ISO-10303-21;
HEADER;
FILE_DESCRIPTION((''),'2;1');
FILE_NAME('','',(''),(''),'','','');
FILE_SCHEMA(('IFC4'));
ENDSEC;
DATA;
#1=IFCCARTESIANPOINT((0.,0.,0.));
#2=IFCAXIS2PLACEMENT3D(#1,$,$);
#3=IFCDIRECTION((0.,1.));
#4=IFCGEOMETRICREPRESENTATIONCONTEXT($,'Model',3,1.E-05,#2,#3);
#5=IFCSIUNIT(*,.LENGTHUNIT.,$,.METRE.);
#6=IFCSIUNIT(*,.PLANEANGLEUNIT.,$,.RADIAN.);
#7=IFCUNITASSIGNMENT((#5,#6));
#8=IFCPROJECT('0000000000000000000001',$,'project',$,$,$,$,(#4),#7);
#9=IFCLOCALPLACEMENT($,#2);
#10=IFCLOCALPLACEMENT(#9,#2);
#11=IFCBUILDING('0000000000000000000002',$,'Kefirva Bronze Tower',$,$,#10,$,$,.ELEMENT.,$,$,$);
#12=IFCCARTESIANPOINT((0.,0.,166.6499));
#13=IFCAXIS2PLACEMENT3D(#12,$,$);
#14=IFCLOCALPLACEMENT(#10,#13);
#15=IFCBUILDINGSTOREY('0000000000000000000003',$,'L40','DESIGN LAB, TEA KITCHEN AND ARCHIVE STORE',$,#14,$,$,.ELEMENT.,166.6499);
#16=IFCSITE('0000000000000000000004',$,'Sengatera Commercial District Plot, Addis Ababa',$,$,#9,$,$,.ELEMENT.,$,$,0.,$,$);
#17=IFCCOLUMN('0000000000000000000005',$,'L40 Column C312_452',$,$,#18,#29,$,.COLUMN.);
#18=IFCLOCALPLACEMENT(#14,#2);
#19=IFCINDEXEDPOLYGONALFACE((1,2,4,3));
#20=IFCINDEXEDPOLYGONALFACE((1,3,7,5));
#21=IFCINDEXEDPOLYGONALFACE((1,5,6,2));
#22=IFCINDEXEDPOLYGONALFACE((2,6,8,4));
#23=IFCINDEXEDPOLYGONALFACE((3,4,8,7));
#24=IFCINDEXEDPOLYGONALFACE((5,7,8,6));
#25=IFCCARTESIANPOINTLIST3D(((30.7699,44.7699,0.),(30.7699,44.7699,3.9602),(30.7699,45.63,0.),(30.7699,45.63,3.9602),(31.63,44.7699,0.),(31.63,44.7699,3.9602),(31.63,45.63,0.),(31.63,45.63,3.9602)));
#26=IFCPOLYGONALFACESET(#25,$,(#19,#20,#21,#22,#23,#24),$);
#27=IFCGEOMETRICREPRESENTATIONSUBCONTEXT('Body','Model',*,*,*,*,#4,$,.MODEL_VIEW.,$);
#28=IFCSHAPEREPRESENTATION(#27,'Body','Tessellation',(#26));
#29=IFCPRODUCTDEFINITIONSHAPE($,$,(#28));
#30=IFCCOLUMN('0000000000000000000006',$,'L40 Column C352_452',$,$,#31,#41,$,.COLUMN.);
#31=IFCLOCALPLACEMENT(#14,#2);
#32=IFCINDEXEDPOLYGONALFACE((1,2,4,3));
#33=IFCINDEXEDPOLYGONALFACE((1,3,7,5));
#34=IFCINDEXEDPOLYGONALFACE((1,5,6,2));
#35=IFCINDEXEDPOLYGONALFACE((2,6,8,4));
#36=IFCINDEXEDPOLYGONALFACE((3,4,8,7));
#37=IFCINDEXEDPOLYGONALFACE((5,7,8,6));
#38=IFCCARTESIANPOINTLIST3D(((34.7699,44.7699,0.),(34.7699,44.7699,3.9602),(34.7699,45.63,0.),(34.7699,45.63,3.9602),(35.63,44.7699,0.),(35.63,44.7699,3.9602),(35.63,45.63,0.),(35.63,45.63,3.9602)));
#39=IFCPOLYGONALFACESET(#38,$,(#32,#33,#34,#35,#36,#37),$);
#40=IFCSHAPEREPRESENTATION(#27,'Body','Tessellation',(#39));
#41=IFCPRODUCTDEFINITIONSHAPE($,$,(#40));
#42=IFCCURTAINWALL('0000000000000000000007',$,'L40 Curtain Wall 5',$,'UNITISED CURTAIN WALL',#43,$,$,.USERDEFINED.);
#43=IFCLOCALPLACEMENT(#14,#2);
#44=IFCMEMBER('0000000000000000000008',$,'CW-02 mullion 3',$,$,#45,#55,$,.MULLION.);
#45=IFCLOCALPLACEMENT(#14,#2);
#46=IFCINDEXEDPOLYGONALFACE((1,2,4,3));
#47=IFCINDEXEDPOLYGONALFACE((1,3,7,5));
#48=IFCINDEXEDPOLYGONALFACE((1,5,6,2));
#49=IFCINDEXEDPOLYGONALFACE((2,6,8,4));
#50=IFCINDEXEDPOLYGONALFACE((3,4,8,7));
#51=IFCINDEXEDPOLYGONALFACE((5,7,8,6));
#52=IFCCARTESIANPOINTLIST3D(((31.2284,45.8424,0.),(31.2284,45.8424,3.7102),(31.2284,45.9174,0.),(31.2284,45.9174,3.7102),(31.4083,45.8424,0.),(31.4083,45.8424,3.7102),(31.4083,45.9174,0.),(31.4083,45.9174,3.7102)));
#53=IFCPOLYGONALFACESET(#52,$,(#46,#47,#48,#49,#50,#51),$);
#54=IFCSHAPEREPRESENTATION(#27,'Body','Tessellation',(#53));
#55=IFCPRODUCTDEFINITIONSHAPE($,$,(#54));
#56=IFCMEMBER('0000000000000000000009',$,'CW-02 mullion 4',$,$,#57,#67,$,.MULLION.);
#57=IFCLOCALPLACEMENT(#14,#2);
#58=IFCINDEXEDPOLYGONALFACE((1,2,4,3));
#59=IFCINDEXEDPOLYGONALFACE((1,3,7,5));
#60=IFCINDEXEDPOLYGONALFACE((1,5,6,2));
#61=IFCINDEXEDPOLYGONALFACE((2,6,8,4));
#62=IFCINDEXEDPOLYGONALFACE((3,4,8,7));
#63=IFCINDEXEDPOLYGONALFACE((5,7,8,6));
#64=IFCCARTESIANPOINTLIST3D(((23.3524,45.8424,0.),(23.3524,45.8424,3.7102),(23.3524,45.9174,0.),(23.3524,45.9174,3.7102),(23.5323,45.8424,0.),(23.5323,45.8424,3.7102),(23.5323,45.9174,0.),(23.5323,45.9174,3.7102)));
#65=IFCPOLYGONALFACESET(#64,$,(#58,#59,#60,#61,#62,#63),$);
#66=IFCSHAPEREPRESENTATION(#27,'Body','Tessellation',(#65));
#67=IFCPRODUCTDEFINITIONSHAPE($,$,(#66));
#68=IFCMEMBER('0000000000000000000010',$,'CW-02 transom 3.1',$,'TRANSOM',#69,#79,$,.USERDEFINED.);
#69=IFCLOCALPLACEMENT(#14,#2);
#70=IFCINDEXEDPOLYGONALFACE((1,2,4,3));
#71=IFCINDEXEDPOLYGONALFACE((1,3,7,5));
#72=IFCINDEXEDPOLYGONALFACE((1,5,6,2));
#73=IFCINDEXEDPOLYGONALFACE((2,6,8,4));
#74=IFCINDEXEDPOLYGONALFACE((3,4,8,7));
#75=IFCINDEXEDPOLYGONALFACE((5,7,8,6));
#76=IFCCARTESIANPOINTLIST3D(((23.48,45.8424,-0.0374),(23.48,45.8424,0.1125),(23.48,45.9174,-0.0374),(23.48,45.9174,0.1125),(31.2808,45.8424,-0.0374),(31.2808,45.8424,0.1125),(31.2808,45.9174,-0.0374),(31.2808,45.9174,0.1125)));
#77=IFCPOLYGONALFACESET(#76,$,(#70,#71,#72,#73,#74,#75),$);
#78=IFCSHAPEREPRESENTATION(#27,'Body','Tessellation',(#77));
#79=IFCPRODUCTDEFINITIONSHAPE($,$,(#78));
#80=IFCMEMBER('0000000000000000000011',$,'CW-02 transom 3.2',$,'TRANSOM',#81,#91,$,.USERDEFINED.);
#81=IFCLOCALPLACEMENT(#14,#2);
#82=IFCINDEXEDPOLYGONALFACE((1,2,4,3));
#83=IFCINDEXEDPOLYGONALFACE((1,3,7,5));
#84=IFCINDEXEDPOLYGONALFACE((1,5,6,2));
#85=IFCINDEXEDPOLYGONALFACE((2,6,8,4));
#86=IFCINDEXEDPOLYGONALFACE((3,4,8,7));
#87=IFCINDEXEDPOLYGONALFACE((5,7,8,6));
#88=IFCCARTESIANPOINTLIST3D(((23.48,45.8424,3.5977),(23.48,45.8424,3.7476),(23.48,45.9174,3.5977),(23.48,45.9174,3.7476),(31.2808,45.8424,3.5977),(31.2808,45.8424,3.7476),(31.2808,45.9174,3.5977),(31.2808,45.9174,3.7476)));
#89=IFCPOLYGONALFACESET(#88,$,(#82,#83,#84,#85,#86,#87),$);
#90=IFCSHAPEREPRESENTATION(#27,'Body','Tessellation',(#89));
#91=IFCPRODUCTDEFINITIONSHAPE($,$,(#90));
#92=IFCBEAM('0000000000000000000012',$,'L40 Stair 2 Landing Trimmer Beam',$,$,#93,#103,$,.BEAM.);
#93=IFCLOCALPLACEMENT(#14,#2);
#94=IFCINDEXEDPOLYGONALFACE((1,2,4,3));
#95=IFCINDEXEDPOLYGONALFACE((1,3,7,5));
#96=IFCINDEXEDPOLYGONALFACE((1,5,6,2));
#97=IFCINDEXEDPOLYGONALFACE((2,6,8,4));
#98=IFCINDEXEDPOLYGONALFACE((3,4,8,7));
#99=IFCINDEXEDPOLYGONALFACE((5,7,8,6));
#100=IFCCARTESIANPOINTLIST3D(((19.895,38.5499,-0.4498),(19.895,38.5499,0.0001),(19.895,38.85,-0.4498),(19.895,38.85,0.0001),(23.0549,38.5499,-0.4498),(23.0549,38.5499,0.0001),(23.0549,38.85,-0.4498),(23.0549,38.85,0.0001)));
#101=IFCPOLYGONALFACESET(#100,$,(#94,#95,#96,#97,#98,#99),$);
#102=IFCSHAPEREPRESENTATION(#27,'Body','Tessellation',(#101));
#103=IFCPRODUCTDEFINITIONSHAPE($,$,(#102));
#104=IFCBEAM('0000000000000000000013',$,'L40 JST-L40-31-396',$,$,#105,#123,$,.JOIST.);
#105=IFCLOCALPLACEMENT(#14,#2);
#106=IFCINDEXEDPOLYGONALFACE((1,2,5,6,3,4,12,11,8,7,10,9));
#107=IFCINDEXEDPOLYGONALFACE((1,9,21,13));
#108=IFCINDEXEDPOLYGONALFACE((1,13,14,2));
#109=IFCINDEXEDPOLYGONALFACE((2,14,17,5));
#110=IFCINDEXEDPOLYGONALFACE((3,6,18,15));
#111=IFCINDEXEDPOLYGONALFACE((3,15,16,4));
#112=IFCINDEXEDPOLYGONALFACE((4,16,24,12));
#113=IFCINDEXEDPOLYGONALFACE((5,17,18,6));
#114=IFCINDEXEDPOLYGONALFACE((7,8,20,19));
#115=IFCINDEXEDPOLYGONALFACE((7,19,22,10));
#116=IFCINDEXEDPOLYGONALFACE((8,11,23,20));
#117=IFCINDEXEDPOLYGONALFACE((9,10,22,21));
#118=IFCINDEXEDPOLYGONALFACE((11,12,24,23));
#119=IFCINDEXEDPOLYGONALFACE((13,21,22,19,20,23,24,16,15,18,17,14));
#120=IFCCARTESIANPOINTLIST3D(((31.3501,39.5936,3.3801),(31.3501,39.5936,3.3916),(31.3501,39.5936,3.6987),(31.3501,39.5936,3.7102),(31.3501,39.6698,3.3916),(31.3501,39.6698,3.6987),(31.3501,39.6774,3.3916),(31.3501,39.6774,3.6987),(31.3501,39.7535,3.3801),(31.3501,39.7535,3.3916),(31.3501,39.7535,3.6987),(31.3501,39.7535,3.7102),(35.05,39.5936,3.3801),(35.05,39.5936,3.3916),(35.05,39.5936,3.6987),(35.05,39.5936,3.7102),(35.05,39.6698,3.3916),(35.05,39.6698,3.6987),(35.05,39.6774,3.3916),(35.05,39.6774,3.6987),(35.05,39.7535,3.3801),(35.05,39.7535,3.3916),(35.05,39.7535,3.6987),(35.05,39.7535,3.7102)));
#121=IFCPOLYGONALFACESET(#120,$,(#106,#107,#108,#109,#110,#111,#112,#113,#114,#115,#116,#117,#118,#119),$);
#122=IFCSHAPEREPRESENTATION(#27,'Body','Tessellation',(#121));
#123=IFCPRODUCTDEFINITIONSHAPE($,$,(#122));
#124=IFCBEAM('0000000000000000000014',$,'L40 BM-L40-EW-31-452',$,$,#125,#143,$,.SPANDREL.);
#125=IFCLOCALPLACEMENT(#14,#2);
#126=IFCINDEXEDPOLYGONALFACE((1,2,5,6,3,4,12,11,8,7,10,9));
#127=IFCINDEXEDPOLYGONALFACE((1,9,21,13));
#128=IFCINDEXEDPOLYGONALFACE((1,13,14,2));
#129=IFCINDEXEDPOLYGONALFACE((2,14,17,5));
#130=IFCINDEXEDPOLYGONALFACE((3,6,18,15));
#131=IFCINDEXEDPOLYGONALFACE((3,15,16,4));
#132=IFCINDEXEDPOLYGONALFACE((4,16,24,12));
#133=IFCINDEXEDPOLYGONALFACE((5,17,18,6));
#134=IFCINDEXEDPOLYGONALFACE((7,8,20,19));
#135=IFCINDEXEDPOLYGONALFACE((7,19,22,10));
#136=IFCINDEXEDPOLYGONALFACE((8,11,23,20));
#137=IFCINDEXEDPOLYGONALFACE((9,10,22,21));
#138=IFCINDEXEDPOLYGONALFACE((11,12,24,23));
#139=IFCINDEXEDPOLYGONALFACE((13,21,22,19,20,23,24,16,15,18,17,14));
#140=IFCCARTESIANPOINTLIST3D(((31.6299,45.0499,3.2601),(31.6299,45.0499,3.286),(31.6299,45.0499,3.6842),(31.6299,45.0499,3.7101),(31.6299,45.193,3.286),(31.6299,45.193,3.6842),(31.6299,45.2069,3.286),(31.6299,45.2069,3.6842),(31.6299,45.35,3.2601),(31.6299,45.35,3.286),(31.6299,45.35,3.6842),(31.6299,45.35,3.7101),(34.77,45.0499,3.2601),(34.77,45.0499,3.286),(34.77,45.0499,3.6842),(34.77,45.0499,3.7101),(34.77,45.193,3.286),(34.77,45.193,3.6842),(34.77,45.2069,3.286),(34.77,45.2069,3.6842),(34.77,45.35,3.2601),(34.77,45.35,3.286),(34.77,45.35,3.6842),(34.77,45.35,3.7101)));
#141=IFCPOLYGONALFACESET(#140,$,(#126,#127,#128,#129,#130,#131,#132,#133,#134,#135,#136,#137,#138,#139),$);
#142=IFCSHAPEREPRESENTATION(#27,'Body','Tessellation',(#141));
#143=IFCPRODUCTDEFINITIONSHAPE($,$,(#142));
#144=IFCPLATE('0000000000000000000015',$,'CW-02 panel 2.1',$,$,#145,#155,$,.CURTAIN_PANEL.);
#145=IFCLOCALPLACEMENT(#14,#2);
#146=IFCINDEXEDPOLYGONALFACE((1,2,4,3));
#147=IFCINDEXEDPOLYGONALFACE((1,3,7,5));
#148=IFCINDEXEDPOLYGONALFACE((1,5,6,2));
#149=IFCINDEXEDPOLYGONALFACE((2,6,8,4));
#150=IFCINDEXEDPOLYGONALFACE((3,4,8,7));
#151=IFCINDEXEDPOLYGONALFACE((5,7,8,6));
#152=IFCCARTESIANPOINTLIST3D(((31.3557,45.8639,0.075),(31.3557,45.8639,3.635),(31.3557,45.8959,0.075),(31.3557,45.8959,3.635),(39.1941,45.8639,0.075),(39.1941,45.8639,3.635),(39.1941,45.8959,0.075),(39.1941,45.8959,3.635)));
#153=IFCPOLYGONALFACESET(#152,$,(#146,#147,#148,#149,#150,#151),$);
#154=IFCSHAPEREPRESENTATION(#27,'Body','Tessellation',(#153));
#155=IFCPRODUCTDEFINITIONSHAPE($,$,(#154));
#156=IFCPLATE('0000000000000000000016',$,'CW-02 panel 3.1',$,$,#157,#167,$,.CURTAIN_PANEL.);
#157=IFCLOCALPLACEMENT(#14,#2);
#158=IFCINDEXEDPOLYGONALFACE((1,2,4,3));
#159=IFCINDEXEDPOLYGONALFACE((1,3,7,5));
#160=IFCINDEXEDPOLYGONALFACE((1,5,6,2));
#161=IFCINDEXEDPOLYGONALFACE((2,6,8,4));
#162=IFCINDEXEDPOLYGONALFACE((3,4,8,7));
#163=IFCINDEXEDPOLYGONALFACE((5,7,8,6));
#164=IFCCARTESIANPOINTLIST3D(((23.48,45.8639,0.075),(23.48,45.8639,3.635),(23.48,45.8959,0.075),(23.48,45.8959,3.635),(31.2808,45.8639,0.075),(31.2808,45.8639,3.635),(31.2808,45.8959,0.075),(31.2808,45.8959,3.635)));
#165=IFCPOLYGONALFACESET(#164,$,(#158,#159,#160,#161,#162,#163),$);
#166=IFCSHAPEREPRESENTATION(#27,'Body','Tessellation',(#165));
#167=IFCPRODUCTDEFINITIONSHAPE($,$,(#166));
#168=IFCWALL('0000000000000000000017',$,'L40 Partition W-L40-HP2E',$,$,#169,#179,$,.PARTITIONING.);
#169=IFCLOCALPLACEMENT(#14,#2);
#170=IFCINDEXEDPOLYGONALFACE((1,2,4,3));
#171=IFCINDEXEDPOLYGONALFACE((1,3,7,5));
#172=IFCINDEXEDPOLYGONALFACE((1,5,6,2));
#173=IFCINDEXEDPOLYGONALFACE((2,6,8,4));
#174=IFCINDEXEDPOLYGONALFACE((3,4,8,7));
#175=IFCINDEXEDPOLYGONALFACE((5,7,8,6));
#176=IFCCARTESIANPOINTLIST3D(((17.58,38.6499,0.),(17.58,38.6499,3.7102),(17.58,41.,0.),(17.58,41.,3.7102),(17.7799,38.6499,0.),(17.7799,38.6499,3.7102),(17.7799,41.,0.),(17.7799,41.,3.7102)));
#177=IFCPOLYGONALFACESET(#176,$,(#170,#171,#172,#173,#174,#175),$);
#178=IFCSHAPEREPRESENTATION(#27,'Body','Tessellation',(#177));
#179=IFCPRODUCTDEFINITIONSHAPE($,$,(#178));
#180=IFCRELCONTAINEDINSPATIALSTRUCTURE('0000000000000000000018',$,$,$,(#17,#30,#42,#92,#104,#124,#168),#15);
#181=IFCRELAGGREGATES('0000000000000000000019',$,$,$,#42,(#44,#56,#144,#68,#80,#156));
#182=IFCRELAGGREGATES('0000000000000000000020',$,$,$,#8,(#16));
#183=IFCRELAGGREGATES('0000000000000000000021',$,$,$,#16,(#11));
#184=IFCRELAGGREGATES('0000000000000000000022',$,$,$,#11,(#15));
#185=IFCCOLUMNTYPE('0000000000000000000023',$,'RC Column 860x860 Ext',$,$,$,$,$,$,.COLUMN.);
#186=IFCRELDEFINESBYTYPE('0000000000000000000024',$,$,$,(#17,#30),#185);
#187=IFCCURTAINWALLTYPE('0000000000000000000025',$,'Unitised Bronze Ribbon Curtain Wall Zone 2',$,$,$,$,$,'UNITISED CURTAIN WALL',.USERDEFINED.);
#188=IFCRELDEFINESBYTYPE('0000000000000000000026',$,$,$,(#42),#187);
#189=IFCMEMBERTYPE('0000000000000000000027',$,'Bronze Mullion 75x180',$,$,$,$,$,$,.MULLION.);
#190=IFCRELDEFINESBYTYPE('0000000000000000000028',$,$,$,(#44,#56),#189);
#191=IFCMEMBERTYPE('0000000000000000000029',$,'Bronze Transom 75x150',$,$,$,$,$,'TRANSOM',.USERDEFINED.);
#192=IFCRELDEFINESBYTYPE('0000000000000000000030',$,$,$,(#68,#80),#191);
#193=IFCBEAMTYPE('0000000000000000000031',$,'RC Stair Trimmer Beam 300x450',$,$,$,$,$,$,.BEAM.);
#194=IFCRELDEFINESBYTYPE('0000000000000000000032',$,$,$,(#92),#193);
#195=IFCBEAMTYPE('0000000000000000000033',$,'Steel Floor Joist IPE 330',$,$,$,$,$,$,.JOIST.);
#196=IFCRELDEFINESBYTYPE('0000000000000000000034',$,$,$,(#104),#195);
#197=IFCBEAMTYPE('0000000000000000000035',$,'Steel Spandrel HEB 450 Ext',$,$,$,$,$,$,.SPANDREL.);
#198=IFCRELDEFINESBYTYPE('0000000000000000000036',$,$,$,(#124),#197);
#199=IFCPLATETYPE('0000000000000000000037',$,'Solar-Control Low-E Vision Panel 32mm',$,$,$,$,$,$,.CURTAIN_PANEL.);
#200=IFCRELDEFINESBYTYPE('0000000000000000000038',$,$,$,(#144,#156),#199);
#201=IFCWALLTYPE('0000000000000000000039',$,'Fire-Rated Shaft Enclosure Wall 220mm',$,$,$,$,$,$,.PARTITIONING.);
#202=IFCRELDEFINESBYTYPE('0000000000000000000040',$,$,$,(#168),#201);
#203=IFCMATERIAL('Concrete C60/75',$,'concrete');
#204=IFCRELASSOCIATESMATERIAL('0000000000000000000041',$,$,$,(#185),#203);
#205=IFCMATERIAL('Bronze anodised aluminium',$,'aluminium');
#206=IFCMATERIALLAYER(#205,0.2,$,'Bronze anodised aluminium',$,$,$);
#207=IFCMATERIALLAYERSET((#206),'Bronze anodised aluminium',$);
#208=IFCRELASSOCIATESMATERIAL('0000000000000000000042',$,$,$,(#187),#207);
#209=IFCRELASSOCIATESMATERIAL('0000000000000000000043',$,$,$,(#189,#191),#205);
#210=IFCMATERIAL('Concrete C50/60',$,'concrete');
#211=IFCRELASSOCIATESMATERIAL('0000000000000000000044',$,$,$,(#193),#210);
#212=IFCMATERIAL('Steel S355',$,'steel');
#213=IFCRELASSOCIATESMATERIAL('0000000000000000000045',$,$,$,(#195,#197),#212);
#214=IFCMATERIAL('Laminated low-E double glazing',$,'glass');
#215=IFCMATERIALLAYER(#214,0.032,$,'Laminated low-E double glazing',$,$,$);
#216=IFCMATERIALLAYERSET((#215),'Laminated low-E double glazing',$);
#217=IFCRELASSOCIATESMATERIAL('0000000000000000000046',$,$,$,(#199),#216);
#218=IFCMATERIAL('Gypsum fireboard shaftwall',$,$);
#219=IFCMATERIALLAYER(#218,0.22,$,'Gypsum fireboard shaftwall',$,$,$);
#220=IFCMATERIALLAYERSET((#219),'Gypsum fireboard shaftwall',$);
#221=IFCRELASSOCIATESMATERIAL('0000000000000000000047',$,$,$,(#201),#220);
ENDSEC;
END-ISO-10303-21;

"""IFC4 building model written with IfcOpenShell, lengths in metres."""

from ifc_helpers import new_model, si_unit, direction, frame, frame_2d, origin, origin_2d, place, context, subcontext, project, spatial, rectangle, i_section, extrude, material, layer, layer_set, material_profile, profile_set, type_object, element, aggregate, save


model = new_model("IFC4")

# Units and contexts
model_context = context("Model", 3, precision=1e-05, world=origin(), true_north=direction((0.0, 1.0)))
body_context = subcontext(model_context, "Body", "Model", "MODEL_VIEW")
ifc_project = project(units=[si_unit("LENGTHUNIT", "METRE"), si_unit("PLANEANGLEUNIT", "RADIAN")], contexts=[model_context])

# Site, building, storey
site_placement = place(None, origin())
site = spatial("IfcSite", under=ifc_project, at=site_placement, Name="Sengatera Commercial District Plot, Addis Ababa", CompositionType="ELEMENT", RefElevation=0.0)
building_placement = place(site_placement, origin())
building = spatial("IfcBuilding", under=site, at=building_placement, Name="Kefirva Bronze Tower", CompositionType="ELEMENT")
storey_placement = place(building_placement, frame((0.0, 0.0, 166.6499)))
storey = spatial("IfcBuildingStorey", under=building, at=storey_placement, Name="L40", Description="DESIGN LAB, TEA KITCHEN AND ARCHIVE STORE", CompositionType="ELEMENT", Elevation=166.6499)

# Columns
ifc_material_1 = material(Name="Concrete C60/75", Category="concrete")
ifc_material_profile_1 = material_profile(ifc_material_1, rectangle(XDim=0.8601, YDim=0.8601, at=origin_2d()), Name="RC 860x860")
ifc_profile_set_1 = profile_set([ifc_material_profile_1], Name="Concrete C60/75")
column_type = type_object("IfcColumnType", Name="RC Column 860x860 Ext", PredefinedType="COLUMN", material=ifc_profile_set_1)
for number, where, z_axis, x_axis, name in (
    (1, (31.2, 45.2, 0.0), (0.0, 0.0, 1.0), (1.0, 0.0, 0.0), "L40 Column C312_452"),
    (2, (35.2, 45.2, 0.0), (0.0, 0.0, 1.0), (1.0, 0.0, 0.0), "L40 Column C352_452"),
):
    element("IfcColumn", number, at=place(storey_placement, frame(where, z_axis=z_axis, x_axis=x_axis)), inside=storey, type_object=column_type, Name=name, PredefinedType="COLUMN", context=body_context, shape_type="SweptSolid", body=[
        extrude(rectangle(XDim=0.8601, YDim=0.8601, at=origin_2d()), origin(), (0.0, 0.0, 1.0), 3.9602),
    ])

# Curtain wall, members
ifc_material_2 = material(Name="Bronze anodised aluminium", Category="aluminium")
ifc_layer_1 = layer(ifc_material_2, 0.2, Name="Bronze anodised aluminium")
ifc_layer_set_1 = layer_set([ifc_layer_1], Name="Bronze anodised aluminium")
curtain_wall_type = type_object("IfcCurtainWallType", Name="Unitised Bronze Ribbon Curtain Wall Zone 2", ElementType="UNITISED CURTAIN WALL", PredefinedType="USERDEFINED", material=ifc_layer_set_1)
curtain_wall_placement = place(storey_placement, origin())
curtain_wall = element("IfcCurtainWall", 3, at=curtain_wall_placement, inside=storey, type_object=curtain_wall_type, Name="L40 Curtain Wall 5", ObjectType="UNITISED CURTAIN WALL", PredefinedType="USERDEFINED")
ifc_material_profile_2 = material_profile(ifc_material_2, rectangle(XDim=0.075, YDim=0.1799, at=origin_2d()), Name="ALU 75x180")
ifc_profile_set_2 = profile_set([ifc_material_profile_2], Name="Bronze anodised aluminium")
member_type_1 = type_object("IfcMemberType", Name="Bronze Mullion 75x180", PredefinedType="MULLION", material=ifc_profile_set_2)
member_1_placement = place(storey_placement, frame((31.3184, 45.8799, 0.0), z_axis=(0.0, 0.0, 1.0), x_axis=(0.0, -1.0, 0.0)))
member_1 = element("IfcMember", 4, at=member_1_placement, type_object=member_type_1, Name="CW-02 mullion 3", PredefinedType="MULLION", context=body_context, shape_type="SweptSolid", body=[
    extrude(rectangle(XDim=0.075, YDim=0.1799, at=origin_2d()), origin(), (0.0, 0.0, 1.0), 3.7102),
])
member_2_placement = place(storey_placement, frame((23.4424, 45.8799, 0.0), z_axis=(0.0, 0.0, 1.0), x_axis=(0.0, -1.0, 0.0)))
member_2 = element("IfcMember", 5, at=member_2_placement, type_object=member_type_1, Name="CW-02 mullion 4", PredefinedType="MULLION", context=body_context, shape_type="SweptSolid", body=[
    extrude(rectangle(XDim=0.075, YDim=0.1799, at=origin_2d()), origin(), (0.0, 0.0, 1.0), 3.7102),
])
ifc_material_profile_3 = material_profile(ifc_material_2, rectangle(XDim=0.075, YDim=0.1499, at=origin_2d()), Name="ALU 75x150")
ifc_profile_set_3 = profile_set([ifc_material_profile_3], Name="Bronze anodised aluminium")
member_type_2 = type_object("IfcMemberType", Name="Bronze Transom 75x150", ElementType="TRANSOM", PredefinedType="USERDEFINED", material=ifc_profile_set_3)
member_3_placement = place(storey_placement, frame((31.2808, 45.8799, 0.0376), z_axis=(-1.0, 0.0, 0.0), x_axis=(0.0, -1.0, 0.0)))
member_3 = element("IfcMember", 6, at=member_3_placement, type_object=member_type_2, Name="CW-02 transom 3.1", ObjectType="TRANSOM", PredefinedType="USERDEFINED", context=body_context, shape_type="SweptSolid", body=[
    extrude(rectangle(XDim=0.075, YDim=0.1499, at=origin_2d()), origin(), (0.0, 0.0, 1.0), 7.8008),
])
member_4_placement = place(storey_placement, frame((31.2808, 45.8799, 3.6726), z_axis=(-1.0, 0.0, 0.0), x_axis=(0.0, -1.0, 0.0)))
member_4 = element("IfcMember", 7, at=member_4_placement, type_object=member_type_2, Name="CW-02 transom 3.2", ObjectType="TRANSOM", PredefinedType="USERDEFINED", context=body_context, shape_type="SweptSolid", body=[
    extrude(rectangle(XDim=0.075, YDim=0.1499, at=origin_2d()), origin(), (0.0, 0.0, 1.0), 7.8008),
])

# Beams
ifc_material_3 = material(Name="Concrete C50/60", Category="concrete")
ifc_material_profile_4 = material_profile(ifc_material_3, rectangle(XDim=0.3, YDim=0.45, at=origin_2d()), Name="RC 300x450")
ifc_profile_set_4 = profile_set([ifc_material_profile_4], Name="Concrete C50/60")
beam_type_1 = type_object("IfcBeamType", Name="RC Stair Trimmer Beam 300x450", PredefinedType="BEAM", material=ifc_profile_set_4)
beam_1_placement = place(storey_placement, frame((19.895, 38.7, -0.2249), z_axis=(1.0, 0.0, 0.0), x_axis=(0.0, 1.0, 0.0)))
element("IfcBeam", 8, at=beam_1_placement, inside=storey, type_object=beam_type_1, Name="L40 Stair 2 Landing Trimmer Beam", PredefinedType="BEAM", context=body_context, shape_type="SweptSolid", body=[
    extrude(rectangle(XDim=0.3, YDim=0.45, at=origin_2d()), origin(), (0.0, 0.0, 1.0), 3.1599),
])
ifc_material_4 = material(Name="Steel S355", Category="steel")
ifc_material_profile_5 = material_profile(ifc_material_4, i_section(OverallWidth=0.1599, OverallDepth=0.3301, WebThickness=0.0076, FlangeThickness=0.0115, at=origin_2d()), Name="IPE 330")
ifc_profile_set_5 = profile_set([ifc_material_profile_5], Name="Steel S355")
beam_type_2 = type_object("IfcBeamType", Name="Steel Floor Joist IPE 330", PredefinedType="JOIST", material=ifc_profile_set_5)
beam_2_placement = place(storey_placement, frame((31.3501, 39.6736, 3.5452), z_axis=(1.0, 0.0, 0.0), x_axis=(0.0, 1.0, 0.0)))
element("IfcBeam", 9, at=beam_2_placement, inside=storey, type_object=beam_type_2, Name="L40 JST-L40-31-396", PredefinedType="JOIST", context=body_context, shape_type="SweptSolid", body=[
    extrude(i_section(OverallWidth=0.1599, OverallDepth=0.3301, WebThickness=0.0076, FlangeThickness=0.0115, at=origin_2d()), origin(), (0.0, 0.0, 1.0), 3.7),
])
ifc_material_profile_6 = material_profile(ifc_material_4, i_section(OverallWidth=0.3, OverallDepth=0.45, WebThickness=0.0139, FlangeThickness=0.0259, at=origin_2d()), Name="HEB 450")
ifc_profile_set_6 = profile_set([ifc_material_profile_6], Name="Steel S355")
beam_type_3 = type_object("IfcBeamType", Name="Steel Spandrel HEB 450 Ext", PredefinedType="SPANDREL", material=ifc_profile_set_6)
beam_3_placement = place(storey_placement, frame((31.6299, 45.2, 3.4851), z_axis=(1.0, 0.0, 0.0), x_axis=(0.0, 1.0, 0.0)))
element("IfcBeam", 10, at=beam_3_placement, inside=storey, type_object=beam_type_3, Name="L40 BM-L40-EW-31-452", PredefinedType="SPANDREL", context=body_context, shape_type="SweptSolid", body=[
    extrude(i_section(OverallWidth=0.3, OverallDepth=0.45, WebThickness=0.0139, FlangeThickness=0.0259, at=origin_2d()), origin(), (0.0, 0.0, 1.0), 3.1401),
])

# Plates
ifc_material_5 = material(Name="Laminated low-E double glazing", Category="glass")
ifc_layer_2 = layer(ifc_material_5, 0.032, Name="Laminated low-E double glazing")
ifc_layer_set_2 = layer_set([ifc_layer_2], Name="Laminated low-E double glazing")
plate_type = type_object("IfcPlateType", Name="Solar-Control Low-E Vision Panel 32mm", PredefinedType="CURTAIN_PANEL", material=ifc_layer_set_2)
plate_1_placement = place(storey_placement, frame((35.2749, 45.8799, 0.075), z_axis=(0.0, 0.0, 1.0), x_axis=(-1.0, 0.0, 0.0)))
plate_1 = element("IfcPlate", 11, at=plate_1_placement, type_object=plate_type, Name="CW-02 panel 2.1", PredefinedType="CURTAIN_PANEL", context=body_context, shape_type="SweptSolid", body=[
    extrude(rectangle(XDim=7.8384, YDim=0.032, at=origin_2d()), origin(), (0.0, 0.0, 1.0), 3.5601),
])
plate_2_placement = place(storey_placement, frame((27.3804, 45.8799, 0.075), z_axis=(0.0, 0.0, 1.0), x_axis=(-1.0, 0.0, 0.0)))
plate_2 = element("IfcPlate", 12, at=plate_2_placement, type_object=plate_type, Name="CW-02 panel 3.1", PredefinedType="CURTAIN_PANEL", context=body_context, shape_type="SweptSolid", body=[
    extrude(rectangle(XDim=7.8008, YDim=0.032, at=origin_2d()), origin(), (0.0, 0.0, 1.0), 3.5601),
])
aggregate(curtain_wall, [member_1, member_2, plate_1, member_3, member_4, plate_2])

# Wall
ifc_material_6 = material(Name="Gypsum fireboard shaftwall")
ifc_layer_3 = layer(ifc_material_6, 0.22, Name="Gypsum fireboard shaftwall")
ifc_layer_set_3 = layer_set([ifc_layer_3], Name="Gypsum fireboard shaftwall")
wall_type_1 = type_object("IfcWallType", Name="Fire-Rated Shaft Enclosure Wall 220mm", PredefinedType="PARTITIONING", material=ifc_layer_set_3)
wall_1_placement = place(storey_placement, frame((17.6799, 38.6499, 0.0), z_axis=(0.0, 0.0, 1.0), x_axis=(0.0, 1.0, 0.0)))
element("IfcWall", 13, at=wall_1_placement, inside=storey, type_object=wall_type_1, Name="L40 Partition W-L40-HP2E", PredefinedType="PARTITIONING", context=body_context, shape_type="SweptSolid", body=[
    extrude(rectangle(XDim=2.3501, YDim=0.2, at=frame_2d((1.175, 0.0))), origin(), (0.0, 0.0, 1.0), 3.7102),
])

save(model, "model.ifc")
